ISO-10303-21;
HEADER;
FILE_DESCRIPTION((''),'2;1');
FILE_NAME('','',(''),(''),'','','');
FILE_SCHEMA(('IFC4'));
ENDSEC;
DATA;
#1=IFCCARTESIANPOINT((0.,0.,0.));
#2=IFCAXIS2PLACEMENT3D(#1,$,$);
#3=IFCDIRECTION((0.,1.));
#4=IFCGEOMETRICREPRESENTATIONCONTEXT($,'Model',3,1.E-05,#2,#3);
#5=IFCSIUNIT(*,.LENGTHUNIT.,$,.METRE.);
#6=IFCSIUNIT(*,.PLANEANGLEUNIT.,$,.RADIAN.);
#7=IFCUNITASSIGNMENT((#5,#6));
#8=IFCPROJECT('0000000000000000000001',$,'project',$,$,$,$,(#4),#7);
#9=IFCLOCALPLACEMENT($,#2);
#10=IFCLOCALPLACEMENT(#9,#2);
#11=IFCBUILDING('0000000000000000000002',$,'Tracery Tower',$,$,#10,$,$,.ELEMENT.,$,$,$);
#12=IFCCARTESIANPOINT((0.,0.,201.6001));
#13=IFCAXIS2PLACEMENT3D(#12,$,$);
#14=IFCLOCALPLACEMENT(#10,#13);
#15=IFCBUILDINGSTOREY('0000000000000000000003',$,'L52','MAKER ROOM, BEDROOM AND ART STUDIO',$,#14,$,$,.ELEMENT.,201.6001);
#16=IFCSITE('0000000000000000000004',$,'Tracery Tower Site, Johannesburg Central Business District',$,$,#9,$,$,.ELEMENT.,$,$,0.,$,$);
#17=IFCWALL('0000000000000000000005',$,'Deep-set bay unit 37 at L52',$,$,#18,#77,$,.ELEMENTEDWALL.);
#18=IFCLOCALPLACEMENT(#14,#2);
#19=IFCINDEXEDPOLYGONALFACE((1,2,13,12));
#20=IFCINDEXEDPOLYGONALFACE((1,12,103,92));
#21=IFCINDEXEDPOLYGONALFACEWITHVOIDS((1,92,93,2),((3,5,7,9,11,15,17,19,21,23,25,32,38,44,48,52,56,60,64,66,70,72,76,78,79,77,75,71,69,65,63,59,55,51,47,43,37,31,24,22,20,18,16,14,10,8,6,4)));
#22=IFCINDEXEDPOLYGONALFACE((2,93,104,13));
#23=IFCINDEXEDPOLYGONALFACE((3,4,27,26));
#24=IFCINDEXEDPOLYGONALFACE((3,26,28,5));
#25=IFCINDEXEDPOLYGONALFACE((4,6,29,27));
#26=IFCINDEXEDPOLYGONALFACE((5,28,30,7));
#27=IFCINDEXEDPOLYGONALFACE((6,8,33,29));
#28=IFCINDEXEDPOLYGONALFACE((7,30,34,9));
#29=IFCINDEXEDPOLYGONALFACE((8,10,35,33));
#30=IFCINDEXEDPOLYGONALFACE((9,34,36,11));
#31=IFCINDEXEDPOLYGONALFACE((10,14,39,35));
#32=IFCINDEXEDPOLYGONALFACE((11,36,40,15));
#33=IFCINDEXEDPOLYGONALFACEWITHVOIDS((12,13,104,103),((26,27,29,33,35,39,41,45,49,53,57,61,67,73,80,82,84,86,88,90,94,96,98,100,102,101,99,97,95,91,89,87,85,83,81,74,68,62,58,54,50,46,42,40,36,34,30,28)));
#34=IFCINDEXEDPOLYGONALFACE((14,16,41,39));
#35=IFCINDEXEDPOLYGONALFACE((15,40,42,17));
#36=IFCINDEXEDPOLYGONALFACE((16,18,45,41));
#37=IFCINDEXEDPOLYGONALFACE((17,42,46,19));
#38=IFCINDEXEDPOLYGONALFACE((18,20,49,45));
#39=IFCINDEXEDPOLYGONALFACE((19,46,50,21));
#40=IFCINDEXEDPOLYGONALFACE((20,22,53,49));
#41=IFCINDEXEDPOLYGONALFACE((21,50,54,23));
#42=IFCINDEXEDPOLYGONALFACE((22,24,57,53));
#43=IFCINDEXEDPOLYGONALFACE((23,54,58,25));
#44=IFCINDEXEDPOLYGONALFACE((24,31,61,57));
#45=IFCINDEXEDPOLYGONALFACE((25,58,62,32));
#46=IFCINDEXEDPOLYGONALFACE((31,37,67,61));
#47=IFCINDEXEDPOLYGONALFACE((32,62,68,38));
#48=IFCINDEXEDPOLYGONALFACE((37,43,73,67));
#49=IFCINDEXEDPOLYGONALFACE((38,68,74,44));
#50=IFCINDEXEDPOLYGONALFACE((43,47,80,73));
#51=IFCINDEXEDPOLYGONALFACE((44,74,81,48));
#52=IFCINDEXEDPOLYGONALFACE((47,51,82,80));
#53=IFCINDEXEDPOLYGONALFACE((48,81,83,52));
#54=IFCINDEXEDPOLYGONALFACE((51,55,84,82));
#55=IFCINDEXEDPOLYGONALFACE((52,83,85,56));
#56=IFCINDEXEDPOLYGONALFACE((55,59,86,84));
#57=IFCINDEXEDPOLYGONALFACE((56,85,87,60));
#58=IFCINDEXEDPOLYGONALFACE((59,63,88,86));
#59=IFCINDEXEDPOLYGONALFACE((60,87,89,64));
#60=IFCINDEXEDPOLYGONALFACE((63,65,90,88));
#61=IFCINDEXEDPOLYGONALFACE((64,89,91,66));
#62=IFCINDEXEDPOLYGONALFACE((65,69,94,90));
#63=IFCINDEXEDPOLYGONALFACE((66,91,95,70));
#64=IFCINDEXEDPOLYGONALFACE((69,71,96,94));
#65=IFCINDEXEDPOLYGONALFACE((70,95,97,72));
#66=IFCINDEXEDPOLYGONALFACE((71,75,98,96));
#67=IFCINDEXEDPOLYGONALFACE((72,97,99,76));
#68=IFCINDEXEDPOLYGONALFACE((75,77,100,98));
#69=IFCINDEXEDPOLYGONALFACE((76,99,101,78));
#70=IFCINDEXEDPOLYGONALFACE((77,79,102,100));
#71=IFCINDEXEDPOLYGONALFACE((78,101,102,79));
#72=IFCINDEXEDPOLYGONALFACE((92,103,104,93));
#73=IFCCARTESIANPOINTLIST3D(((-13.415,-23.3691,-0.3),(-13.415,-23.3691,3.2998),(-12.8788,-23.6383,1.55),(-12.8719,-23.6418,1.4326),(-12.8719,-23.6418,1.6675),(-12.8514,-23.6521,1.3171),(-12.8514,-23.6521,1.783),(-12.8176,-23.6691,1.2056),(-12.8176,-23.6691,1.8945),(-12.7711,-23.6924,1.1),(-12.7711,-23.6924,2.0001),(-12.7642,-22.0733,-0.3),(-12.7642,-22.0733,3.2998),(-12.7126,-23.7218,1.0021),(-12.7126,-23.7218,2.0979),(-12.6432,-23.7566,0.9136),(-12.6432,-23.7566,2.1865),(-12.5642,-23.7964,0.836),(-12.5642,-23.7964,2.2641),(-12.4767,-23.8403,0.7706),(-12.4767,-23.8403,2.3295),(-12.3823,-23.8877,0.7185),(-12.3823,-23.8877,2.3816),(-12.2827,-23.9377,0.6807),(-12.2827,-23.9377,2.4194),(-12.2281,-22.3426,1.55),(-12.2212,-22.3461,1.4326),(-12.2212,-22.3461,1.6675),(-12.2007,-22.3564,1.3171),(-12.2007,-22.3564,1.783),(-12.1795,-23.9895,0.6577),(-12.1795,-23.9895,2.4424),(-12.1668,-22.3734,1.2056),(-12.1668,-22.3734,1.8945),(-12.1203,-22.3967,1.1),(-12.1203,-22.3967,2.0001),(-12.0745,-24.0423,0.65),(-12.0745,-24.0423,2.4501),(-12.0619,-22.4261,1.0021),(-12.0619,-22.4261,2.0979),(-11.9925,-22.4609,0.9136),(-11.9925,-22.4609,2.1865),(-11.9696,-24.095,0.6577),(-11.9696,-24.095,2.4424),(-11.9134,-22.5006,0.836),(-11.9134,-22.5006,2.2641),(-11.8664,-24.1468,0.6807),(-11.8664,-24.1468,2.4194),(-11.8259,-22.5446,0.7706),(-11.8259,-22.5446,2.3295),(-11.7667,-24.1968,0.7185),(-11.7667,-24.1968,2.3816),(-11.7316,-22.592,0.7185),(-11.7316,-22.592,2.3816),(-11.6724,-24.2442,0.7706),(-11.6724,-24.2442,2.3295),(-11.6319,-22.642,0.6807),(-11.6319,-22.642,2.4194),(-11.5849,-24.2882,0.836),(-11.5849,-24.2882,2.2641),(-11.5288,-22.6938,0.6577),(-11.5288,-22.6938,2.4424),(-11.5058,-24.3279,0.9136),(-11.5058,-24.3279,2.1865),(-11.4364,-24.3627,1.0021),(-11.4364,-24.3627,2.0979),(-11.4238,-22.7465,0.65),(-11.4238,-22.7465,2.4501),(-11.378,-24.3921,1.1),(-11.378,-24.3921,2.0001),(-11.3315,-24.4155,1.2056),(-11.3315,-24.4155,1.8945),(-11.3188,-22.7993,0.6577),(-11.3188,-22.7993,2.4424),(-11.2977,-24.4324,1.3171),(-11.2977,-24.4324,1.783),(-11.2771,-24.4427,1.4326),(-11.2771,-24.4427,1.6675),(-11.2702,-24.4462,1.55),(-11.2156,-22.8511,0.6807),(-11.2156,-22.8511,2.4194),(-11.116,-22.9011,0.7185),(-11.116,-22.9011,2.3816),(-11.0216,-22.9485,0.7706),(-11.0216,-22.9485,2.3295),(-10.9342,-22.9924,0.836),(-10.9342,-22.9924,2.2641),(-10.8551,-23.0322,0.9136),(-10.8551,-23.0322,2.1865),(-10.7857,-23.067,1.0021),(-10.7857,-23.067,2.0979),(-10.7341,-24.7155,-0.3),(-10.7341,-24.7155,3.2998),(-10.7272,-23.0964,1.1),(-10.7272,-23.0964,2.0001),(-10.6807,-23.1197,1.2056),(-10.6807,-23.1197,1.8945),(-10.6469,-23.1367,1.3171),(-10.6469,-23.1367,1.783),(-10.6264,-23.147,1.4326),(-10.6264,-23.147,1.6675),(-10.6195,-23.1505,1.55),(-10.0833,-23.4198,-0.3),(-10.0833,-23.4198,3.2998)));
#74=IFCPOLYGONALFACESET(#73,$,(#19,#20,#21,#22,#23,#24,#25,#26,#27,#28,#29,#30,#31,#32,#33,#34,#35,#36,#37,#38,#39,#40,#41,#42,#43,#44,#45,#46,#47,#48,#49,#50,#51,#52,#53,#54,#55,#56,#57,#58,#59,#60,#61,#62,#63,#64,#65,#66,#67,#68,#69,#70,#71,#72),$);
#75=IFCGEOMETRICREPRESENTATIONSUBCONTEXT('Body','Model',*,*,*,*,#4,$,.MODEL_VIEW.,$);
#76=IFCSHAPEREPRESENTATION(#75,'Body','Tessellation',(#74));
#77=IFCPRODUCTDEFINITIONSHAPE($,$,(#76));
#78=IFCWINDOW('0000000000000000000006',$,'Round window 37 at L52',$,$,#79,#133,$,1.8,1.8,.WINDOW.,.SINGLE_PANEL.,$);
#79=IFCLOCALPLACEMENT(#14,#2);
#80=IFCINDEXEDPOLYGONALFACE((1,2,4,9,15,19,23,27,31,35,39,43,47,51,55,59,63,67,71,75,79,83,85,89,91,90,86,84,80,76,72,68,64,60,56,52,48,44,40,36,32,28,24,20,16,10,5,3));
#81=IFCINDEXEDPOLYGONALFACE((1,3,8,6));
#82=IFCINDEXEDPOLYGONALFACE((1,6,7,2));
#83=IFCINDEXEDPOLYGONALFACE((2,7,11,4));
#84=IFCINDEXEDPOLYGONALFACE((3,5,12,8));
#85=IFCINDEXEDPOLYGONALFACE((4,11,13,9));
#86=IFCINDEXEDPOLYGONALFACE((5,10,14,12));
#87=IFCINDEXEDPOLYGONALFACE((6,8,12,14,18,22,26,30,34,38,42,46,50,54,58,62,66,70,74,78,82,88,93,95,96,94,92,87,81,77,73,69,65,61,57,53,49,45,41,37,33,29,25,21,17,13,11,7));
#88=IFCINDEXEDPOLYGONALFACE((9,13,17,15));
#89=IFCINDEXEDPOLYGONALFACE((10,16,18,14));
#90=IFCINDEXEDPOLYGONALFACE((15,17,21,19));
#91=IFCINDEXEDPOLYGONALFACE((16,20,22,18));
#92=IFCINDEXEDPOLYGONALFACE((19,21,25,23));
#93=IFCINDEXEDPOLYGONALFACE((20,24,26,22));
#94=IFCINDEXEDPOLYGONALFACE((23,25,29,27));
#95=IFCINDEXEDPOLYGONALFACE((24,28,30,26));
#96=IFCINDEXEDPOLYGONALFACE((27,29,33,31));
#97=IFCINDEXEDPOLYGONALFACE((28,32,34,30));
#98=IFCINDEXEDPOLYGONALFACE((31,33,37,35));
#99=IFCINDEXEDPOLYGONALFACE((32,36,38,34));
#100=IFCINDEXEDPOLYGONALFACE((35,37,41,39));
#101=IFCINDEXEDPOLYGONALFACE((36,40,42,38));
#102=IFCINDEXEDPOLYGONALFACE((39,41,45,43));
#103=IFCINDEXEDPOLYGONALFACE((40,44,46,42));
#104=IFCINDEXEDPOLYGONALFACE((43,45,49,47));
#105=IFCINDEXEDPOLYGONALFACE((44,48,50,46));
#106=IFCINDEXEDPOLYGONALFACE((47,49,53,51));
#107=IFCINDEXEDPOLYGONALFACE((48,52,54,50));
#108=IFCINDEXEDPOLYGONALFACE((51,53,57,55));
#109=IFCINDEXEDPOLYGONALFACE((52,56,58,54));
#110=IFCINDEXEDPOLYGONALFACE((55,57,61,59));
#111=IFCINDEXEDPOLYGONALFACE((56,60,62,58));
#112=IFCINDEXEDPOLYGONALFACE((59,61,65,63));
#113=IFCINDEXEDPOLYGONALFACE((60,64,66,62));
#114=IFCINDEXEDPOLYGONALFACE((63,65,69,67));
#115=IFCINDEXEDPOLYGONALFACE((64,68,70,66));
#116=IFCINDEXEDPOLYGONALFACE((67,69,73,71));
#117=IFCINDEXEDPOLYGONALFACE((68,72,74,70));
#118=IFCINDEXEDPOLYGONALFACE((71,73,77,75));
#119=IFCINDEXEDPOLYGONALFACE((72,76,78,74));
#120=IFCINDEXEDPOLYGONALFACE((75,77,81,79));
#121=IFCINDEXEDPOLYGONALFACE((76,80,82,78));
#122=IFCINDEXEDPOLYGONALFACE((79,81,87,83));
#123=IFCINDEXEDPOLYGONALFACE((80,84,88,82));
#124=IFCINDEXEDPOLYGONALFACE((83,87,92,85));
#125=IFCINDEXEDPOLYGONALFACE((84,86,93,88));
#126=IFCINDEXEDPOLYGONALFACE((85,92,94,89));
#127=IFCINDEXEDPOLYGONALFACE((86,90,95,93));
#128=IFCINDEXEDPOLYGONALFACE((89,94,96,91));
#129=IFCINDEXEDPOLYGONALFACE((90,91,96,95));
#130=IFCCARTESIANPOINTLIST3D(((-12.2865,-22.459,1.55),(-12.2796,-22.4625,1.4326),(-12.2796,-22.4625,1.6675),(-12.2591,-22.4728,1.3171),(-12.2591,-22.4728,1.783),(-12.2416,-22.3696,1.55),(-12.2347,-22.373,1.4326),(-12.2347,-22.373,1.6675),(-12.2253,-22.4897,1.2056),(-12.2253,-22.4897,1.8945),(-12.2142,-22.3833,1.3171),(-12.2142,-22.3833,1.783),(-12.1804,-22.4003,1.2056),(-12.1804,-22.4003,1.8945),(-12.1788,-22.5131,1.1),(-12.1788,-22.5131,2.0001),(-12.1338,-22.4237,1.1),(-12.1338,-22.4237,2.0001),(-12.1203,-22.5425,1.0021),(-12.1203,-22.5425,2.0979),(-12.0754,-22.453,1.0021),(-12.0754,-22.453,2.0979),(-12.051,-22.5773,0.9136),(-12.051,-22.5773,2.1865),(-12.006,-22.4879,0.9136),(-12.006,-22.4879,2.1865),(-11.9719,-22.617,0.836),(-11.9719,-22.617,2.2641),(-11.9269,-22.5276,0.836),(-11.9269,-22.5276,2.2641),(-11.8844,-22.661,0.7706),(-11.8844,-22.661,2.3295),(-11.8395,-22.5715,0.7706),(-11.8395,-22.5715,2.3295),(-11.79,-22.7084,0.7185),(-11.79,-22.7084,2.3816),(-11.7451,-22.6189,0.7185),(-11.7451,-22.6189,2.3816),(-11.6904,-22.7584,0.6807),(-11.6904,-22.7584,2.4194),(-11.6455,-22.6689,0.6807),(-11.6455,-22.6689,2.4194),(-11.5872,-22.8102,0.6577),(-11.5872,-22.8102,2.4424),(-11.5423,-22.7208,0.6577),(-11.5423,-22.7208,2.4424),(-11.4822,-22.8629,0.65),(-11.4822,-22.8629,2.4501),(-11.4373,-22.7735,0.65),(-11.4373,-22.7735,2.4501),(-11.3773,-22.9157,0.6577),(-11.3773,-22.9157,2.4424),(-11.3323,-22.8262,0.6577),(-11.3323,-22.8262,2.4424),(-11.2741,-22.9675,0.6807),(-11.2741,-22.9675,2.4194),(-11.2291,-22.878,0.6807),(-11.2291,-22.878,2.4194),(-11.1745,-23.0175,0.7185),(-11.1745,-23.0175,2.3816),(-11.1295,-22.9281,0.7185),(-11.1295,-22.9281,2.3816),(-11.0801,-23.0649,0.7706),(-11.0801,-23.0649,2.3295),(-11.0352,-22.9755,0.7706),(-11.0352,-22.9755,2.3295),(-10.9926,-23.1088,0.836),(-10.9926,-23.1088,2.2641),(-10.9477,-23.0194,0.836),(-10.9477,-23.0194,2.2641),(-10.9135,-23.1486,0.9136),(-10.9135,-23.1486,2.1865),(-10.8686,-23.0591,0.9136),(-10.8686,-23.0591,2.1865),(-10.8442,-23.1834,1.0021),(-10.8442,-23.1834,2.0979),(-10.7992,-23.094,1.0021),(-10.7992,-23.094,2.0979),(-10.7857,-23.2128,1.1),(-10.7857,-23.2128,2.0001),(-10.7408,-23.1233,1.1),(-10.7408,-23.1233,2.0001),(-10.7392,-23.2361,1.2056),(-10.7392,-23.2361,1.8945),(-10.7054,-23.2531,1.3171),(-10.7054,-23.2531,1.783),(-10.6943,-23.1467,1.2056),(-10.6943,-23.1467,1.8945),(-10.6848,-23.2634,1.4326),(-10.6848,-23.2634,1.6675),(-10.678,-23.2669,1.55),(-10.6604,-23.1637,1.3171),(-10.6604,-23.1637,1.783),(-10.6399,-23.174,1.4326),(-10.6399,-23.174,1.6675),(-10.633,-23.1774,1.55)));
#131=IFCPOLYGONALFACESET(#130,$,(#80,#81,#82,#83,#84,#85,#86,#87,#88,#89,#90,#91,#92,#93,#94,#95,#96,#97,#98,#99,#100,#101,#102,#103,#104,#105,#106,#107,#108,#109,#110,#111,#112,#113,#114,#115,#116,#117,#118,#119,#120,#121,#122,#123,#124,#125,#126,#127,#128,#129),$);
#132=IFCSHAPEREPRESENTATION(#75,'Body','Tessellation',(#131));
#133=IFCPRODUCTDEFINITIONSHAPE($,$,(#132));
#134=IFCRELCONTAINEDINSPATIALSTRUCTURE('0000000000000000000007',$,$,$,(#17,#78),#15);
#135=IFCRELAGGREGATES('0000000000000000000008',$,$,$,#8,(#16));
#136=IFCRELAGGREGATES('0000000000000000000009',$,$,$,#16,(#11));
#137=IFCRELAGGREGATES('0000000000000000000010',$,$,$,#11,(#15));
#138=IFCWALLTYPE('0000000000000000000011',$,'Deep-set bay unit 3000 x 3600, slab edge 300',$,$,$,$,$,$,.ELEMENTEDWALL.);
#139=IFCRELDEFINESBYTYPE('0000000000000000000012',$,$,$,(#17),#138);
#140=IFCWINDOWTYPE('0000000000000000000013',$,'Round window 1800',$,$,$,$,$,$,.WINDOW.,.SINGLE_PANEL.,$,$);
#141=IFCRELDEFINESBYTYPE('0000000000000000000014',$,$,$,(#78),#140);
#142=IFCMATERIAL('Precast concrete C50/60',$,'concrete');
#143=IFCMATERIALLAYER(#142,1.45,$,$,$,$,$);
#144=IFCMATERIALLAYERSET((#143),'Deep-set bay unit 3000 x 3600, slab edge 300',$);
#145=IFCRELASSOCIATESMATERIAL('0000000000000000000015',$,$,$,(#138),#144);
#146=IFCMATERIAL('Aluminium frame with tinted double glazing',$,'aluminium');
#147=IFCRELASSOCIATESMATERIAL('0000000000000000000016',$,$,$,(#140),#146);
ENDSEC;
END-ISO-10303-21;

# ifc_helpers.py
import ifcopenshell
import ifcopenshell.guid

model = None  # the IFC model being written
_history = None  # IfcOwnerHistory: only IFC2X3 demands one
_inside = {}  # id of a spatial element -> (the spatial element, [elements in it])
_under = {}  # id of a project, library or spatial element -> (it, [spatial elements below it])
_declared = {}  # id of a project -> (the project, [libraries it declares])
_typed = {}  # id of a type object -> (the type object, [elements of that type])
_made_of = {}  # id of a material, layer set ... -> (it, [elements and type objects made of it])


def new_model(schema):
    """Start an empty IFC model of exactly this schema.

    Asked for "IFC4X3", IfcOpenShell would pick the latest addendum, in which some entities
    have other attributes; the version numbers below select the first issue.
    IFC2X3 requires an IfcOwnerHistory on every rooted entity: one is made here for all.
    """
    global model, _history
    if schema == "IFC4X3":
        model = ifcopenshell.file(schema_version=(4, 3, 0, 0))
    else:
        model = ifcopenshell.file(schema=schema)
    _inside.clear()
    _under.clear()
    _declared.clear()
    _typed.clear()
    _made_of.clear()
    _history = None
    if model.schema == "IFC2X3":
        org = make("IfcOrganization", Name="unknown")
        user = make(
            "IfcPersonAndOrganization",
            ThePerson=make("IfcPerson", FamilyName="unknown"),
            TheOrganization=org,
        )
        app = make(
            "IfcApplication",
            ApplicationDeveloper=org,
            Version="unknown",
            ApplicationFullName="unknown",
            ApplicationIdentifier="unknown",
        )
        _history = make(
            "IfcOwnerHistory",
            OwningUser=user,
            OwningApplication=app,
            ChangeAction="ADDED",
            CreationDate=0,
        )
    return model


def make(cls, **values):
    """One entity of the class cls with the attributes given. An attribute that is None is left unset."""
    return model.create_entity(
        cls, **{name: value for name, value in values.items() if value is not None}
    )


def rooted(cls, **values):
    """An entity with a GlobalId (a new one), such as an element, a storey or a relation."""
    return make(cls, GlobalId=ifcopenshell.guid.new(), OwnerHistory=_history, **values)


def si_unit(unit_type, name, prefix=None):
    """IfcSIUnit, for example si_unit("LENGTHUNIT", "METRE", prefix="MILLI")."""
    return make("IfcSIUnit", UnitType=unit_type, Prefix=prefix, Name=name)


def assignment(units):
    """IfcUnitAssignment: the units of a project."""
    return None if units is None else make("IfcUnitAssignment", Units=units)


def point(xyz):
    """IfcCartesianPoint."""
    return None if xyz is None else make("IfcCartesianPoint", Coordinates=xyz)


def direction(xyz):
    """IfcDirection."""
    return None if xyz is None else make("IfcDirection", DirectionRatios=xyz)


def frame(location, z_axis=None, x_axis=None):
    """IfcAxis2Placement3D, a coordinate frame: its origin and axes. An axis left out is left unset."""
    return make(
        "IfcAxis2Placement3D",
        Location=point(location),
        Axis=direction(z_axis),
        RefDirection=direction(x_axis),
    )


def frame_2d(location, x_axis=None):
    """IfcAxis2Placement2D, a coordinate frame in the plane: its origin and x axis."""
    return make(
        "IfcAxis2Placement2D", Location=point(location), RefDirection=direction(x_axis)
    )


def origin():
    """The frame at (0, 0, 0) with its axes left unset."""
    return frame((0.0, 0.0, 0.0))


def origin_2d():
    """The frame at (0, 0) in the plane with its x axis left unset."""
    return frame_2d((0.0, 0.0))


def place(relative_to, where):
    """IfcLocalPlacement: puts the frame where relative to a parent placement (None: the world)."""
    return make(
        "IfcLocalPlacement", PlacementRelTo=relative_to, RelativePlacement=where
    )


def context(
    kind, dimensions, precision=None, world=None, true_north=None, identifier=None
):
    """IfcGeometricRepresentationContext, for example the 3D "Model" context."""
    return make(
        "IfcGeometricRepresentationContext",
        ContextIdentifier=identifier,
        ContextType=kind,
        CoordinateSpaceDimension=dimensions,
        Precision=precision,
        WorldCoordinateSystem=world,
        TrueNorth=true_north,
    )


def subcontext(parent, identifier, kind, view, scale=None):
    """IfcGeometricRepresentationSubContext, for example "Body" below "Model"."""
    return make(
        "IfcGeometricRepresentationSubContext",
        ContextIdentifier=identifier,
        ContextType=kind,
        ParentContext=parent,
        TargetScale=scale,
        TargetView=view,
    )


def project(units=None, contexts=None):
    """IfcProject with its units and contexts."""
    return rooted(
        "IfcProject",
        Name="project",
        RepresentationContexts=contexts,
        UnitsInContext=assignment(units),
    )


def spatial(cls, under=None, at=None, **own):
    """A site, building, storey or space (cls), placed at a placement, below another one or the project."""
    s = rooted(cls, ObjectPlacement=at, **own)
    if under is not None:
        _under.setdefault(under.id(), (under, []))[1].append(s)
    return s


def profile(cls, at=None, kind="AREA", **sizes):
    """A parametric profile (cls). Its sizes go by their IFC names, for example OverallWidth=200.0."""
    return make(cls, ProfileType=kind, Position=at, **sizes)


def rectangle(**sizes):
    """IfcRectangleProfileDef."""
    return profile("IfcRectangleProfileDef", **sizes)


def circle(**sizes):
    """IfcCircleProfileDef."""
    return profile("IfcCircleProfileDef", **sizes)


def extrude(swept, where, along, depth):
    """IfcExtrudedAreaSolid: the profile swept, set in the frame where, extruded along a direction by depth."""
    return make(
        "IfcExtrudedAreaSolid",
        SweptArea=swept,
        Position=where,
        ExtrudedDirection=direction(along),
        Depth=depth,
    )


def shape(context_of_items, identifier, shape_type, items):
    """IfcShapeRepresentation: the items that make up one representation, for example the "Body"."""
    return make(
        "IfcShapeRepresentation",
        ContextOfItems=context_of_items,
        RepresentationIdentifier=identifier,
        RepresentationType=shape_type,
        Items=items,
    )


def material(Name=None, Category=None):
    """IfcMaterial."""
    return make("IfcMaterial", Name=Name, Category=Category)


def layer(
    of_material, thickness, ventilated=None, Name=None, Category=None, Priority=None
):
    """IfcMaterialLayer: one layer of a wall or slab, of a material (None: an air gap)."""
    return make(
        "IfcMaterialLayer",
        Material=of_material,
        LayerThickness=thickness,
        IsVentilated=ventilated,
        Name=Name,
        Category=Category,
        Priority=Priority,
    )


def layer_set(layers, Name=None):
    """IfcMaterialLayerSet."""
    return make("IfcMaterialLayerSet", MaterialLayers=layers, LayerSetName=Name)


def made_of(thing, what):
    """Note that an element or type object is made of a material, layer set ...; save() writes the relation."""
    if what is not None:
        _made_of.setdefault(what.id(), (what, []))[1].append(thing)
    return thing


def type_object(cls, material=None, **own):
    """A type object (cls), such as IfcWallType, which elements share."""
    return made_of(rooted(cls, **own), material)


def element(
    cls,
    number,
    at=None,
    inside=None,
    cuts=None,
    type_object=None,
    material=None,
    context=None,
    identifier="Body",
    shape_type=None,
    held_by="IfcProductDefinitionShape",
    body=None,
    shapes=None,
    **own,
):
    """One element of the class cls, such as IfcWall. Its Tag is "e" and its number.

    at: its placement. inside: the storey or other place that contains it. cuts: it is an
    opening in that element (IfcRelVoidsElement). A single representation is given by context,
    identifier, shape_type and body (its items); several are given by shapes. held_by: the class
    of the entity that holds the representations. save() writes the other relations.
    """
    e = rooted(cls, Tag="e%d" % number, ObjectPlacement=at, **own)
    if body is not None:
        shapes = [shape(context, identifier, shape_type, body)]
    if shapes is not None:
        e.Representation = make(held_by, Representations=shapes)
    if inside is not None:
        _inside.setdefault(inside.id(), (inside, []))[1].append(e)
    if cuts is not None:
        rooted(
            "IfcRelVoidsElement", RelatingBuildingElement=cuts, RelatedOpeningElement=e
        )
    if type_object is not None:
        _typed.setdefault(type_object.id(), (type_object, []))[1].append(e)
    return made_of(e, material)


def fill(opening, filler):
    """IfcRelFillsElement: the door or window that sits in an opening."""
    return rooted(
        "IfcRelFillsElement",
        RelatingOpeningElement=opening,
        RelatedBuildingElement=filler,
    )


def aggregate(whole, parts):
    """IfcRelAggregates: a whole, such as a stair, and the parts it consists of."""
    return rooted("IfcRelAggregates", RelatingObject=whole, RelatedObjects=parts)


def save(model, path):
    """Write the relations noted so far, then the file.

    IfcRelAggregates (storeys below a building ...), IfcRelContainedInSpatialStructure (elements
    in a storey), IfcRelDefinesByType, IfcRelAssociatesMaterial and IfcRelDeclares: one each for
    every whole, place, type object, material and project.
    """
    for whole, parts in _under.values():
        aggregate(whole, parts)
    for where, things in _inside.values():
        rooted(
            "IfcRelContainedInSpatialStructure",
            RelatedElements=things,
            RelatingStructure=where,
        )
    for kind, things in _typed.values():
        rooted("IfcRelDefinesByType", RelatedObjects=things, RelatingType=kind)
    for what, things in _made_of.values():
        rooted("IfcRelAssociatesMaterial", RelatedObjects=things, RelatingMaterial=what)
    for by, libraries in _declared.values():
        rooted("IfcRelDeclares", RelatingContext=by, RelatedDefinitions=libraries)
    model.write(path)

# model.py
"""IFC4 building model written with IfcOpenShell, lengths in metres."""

from ifc_helpers import new_model, si_unit, direction, frame, frame_2d, origin, origin_2d, place, context, subcontext, project, spatial, rectangle, circle, extrude, material, layer, layer_set, type_object, element, fill, save


model = new_model("IFC4")

# Units and contexts
model_context = context("Model", 3, precision=1e-05, world=origin(), true_north=direction((0.0, 1.0)))
body_context = subcontext(model_context, "Body", "Model", "MODEL_VIEW")
ifc_project = project(units=[si_unit("LENGTHUNIT", "METRE"), si_unit("PLANEANGLEUNIT", "RADIAN")], contexts=[model_context])

# Site, building, storey
site_placement = place(None, origin())
site = spatial("IfcSite", under=ifc_project, at=site_placement, Name="Tracery Tower Site, Johannesburg Central Business District", CompositionType="ELEMENT", RefElevation=0.0)
building_placement = place(site_placement, origin())
building = spatial("IfcBuilding", under=site, at=building_placement, Name="Tracery Tower", CompositionType="ELEMENT")
storey_placement = place(building_placement, frame((0.0, 0.0, 201.6001)))
storey = spatial("IfcBuildingStorey", under=building, at=storey_placement, Name="L52", Description="MAKER ROOM, BEDROOM AND ART STUDIO", CompositionType="ELEMENT", Elevation=201.6001)

# Wall, opening, window
ifc_material_1 = material(Name="Precast concrete C50/60", Category="concrete")
ifc_layer_1 = layer(ifc_material_1, 1.45)
ifc_layer_set_1 = layer_set([ifc_layer_1], Name="Deep-set bay unit 3000 x 3600, slab edge 300")
wall_type_1 = type_object("IfcWallType", Name="Deep-set bay unit 3000 x 3600, slab edge 300", PredefinedType="ELEMENTEDWALL", material=ifc_layer_set_1)
ifc_material_2 = material(Name="Aluminium frame with tinted double glazing", Category="aluminium")
window_type = type_object("IfcWindowType", Name="Round window 1800", PartitioningType="SINGLE_PANEL", PredefinedType="WINDOW", material=ifc_material_2)
wall_1_placement = place(storey_placement, frame((-13.0896, -22.7212, -0.3), z_axis=(0.0, 0.0, 1.0), x_axis=(0.893628, -0.448808, 0.0)))
wall_1 = element("IfcWall", 1, at=wall_1_placement, inside=storey, type_object=wall_type_1, Name="Deep-set bay unit 37 at L52", PredefinedType="ELEMENTEDWALL", context=body_context, shape_type="SweptSolid", body=[
    extrude(rectangle(XDim=3.0, YDim=1.45, at=frame_2d((1.5, 0.0))), origin(), (0.0, 0.0, 1.0), 3.5999),
])
opening_1_placement = place(wall_1_placement, frame((1.5, 0.0, 1.8501)))
opening_1 = element("IfcOpeningElement", 2, at=opening_1_placement, cuts=wall_1, PredefinedType="OPENING", context=body_context, shape_type="SweptSolid", body=[
    extrude(circle(Radius=0.9, at=origin_2d()), frame((0.0, 0.7349, 0.0), z_axis=(0.0, -1.0, 0.0), x_axis=(1.0, 0.0, 0.0)), (0.0, 0.0, 1.0), 1.47),
])
window_1_placement = place(opening_1_placement, origin())
window_1 = element("IfcWindow", 3, at=window_1_placement, inside=storey, type_object=window_type, Name="Round window 37 at L52", OverallHeight=1.8, OverallWidth=1.8, PartitioningType="SINGLE_PANEL", PredefinedType="WINDOW", context=body_context, shape_type="SweptSolid", body=[
    extrude(circle(Radius=0.9, at=origin_2d()), frame((0.0, 0.6948, 0.0), z_axis=(0.0, -1.0, 0.0), x_axis=(1.0, 0.0, 0.0)), (0.0, 0.0, 1.0), 0.1001),
])
fill(opening_1, window_1)

save(model, "model.ifc")
